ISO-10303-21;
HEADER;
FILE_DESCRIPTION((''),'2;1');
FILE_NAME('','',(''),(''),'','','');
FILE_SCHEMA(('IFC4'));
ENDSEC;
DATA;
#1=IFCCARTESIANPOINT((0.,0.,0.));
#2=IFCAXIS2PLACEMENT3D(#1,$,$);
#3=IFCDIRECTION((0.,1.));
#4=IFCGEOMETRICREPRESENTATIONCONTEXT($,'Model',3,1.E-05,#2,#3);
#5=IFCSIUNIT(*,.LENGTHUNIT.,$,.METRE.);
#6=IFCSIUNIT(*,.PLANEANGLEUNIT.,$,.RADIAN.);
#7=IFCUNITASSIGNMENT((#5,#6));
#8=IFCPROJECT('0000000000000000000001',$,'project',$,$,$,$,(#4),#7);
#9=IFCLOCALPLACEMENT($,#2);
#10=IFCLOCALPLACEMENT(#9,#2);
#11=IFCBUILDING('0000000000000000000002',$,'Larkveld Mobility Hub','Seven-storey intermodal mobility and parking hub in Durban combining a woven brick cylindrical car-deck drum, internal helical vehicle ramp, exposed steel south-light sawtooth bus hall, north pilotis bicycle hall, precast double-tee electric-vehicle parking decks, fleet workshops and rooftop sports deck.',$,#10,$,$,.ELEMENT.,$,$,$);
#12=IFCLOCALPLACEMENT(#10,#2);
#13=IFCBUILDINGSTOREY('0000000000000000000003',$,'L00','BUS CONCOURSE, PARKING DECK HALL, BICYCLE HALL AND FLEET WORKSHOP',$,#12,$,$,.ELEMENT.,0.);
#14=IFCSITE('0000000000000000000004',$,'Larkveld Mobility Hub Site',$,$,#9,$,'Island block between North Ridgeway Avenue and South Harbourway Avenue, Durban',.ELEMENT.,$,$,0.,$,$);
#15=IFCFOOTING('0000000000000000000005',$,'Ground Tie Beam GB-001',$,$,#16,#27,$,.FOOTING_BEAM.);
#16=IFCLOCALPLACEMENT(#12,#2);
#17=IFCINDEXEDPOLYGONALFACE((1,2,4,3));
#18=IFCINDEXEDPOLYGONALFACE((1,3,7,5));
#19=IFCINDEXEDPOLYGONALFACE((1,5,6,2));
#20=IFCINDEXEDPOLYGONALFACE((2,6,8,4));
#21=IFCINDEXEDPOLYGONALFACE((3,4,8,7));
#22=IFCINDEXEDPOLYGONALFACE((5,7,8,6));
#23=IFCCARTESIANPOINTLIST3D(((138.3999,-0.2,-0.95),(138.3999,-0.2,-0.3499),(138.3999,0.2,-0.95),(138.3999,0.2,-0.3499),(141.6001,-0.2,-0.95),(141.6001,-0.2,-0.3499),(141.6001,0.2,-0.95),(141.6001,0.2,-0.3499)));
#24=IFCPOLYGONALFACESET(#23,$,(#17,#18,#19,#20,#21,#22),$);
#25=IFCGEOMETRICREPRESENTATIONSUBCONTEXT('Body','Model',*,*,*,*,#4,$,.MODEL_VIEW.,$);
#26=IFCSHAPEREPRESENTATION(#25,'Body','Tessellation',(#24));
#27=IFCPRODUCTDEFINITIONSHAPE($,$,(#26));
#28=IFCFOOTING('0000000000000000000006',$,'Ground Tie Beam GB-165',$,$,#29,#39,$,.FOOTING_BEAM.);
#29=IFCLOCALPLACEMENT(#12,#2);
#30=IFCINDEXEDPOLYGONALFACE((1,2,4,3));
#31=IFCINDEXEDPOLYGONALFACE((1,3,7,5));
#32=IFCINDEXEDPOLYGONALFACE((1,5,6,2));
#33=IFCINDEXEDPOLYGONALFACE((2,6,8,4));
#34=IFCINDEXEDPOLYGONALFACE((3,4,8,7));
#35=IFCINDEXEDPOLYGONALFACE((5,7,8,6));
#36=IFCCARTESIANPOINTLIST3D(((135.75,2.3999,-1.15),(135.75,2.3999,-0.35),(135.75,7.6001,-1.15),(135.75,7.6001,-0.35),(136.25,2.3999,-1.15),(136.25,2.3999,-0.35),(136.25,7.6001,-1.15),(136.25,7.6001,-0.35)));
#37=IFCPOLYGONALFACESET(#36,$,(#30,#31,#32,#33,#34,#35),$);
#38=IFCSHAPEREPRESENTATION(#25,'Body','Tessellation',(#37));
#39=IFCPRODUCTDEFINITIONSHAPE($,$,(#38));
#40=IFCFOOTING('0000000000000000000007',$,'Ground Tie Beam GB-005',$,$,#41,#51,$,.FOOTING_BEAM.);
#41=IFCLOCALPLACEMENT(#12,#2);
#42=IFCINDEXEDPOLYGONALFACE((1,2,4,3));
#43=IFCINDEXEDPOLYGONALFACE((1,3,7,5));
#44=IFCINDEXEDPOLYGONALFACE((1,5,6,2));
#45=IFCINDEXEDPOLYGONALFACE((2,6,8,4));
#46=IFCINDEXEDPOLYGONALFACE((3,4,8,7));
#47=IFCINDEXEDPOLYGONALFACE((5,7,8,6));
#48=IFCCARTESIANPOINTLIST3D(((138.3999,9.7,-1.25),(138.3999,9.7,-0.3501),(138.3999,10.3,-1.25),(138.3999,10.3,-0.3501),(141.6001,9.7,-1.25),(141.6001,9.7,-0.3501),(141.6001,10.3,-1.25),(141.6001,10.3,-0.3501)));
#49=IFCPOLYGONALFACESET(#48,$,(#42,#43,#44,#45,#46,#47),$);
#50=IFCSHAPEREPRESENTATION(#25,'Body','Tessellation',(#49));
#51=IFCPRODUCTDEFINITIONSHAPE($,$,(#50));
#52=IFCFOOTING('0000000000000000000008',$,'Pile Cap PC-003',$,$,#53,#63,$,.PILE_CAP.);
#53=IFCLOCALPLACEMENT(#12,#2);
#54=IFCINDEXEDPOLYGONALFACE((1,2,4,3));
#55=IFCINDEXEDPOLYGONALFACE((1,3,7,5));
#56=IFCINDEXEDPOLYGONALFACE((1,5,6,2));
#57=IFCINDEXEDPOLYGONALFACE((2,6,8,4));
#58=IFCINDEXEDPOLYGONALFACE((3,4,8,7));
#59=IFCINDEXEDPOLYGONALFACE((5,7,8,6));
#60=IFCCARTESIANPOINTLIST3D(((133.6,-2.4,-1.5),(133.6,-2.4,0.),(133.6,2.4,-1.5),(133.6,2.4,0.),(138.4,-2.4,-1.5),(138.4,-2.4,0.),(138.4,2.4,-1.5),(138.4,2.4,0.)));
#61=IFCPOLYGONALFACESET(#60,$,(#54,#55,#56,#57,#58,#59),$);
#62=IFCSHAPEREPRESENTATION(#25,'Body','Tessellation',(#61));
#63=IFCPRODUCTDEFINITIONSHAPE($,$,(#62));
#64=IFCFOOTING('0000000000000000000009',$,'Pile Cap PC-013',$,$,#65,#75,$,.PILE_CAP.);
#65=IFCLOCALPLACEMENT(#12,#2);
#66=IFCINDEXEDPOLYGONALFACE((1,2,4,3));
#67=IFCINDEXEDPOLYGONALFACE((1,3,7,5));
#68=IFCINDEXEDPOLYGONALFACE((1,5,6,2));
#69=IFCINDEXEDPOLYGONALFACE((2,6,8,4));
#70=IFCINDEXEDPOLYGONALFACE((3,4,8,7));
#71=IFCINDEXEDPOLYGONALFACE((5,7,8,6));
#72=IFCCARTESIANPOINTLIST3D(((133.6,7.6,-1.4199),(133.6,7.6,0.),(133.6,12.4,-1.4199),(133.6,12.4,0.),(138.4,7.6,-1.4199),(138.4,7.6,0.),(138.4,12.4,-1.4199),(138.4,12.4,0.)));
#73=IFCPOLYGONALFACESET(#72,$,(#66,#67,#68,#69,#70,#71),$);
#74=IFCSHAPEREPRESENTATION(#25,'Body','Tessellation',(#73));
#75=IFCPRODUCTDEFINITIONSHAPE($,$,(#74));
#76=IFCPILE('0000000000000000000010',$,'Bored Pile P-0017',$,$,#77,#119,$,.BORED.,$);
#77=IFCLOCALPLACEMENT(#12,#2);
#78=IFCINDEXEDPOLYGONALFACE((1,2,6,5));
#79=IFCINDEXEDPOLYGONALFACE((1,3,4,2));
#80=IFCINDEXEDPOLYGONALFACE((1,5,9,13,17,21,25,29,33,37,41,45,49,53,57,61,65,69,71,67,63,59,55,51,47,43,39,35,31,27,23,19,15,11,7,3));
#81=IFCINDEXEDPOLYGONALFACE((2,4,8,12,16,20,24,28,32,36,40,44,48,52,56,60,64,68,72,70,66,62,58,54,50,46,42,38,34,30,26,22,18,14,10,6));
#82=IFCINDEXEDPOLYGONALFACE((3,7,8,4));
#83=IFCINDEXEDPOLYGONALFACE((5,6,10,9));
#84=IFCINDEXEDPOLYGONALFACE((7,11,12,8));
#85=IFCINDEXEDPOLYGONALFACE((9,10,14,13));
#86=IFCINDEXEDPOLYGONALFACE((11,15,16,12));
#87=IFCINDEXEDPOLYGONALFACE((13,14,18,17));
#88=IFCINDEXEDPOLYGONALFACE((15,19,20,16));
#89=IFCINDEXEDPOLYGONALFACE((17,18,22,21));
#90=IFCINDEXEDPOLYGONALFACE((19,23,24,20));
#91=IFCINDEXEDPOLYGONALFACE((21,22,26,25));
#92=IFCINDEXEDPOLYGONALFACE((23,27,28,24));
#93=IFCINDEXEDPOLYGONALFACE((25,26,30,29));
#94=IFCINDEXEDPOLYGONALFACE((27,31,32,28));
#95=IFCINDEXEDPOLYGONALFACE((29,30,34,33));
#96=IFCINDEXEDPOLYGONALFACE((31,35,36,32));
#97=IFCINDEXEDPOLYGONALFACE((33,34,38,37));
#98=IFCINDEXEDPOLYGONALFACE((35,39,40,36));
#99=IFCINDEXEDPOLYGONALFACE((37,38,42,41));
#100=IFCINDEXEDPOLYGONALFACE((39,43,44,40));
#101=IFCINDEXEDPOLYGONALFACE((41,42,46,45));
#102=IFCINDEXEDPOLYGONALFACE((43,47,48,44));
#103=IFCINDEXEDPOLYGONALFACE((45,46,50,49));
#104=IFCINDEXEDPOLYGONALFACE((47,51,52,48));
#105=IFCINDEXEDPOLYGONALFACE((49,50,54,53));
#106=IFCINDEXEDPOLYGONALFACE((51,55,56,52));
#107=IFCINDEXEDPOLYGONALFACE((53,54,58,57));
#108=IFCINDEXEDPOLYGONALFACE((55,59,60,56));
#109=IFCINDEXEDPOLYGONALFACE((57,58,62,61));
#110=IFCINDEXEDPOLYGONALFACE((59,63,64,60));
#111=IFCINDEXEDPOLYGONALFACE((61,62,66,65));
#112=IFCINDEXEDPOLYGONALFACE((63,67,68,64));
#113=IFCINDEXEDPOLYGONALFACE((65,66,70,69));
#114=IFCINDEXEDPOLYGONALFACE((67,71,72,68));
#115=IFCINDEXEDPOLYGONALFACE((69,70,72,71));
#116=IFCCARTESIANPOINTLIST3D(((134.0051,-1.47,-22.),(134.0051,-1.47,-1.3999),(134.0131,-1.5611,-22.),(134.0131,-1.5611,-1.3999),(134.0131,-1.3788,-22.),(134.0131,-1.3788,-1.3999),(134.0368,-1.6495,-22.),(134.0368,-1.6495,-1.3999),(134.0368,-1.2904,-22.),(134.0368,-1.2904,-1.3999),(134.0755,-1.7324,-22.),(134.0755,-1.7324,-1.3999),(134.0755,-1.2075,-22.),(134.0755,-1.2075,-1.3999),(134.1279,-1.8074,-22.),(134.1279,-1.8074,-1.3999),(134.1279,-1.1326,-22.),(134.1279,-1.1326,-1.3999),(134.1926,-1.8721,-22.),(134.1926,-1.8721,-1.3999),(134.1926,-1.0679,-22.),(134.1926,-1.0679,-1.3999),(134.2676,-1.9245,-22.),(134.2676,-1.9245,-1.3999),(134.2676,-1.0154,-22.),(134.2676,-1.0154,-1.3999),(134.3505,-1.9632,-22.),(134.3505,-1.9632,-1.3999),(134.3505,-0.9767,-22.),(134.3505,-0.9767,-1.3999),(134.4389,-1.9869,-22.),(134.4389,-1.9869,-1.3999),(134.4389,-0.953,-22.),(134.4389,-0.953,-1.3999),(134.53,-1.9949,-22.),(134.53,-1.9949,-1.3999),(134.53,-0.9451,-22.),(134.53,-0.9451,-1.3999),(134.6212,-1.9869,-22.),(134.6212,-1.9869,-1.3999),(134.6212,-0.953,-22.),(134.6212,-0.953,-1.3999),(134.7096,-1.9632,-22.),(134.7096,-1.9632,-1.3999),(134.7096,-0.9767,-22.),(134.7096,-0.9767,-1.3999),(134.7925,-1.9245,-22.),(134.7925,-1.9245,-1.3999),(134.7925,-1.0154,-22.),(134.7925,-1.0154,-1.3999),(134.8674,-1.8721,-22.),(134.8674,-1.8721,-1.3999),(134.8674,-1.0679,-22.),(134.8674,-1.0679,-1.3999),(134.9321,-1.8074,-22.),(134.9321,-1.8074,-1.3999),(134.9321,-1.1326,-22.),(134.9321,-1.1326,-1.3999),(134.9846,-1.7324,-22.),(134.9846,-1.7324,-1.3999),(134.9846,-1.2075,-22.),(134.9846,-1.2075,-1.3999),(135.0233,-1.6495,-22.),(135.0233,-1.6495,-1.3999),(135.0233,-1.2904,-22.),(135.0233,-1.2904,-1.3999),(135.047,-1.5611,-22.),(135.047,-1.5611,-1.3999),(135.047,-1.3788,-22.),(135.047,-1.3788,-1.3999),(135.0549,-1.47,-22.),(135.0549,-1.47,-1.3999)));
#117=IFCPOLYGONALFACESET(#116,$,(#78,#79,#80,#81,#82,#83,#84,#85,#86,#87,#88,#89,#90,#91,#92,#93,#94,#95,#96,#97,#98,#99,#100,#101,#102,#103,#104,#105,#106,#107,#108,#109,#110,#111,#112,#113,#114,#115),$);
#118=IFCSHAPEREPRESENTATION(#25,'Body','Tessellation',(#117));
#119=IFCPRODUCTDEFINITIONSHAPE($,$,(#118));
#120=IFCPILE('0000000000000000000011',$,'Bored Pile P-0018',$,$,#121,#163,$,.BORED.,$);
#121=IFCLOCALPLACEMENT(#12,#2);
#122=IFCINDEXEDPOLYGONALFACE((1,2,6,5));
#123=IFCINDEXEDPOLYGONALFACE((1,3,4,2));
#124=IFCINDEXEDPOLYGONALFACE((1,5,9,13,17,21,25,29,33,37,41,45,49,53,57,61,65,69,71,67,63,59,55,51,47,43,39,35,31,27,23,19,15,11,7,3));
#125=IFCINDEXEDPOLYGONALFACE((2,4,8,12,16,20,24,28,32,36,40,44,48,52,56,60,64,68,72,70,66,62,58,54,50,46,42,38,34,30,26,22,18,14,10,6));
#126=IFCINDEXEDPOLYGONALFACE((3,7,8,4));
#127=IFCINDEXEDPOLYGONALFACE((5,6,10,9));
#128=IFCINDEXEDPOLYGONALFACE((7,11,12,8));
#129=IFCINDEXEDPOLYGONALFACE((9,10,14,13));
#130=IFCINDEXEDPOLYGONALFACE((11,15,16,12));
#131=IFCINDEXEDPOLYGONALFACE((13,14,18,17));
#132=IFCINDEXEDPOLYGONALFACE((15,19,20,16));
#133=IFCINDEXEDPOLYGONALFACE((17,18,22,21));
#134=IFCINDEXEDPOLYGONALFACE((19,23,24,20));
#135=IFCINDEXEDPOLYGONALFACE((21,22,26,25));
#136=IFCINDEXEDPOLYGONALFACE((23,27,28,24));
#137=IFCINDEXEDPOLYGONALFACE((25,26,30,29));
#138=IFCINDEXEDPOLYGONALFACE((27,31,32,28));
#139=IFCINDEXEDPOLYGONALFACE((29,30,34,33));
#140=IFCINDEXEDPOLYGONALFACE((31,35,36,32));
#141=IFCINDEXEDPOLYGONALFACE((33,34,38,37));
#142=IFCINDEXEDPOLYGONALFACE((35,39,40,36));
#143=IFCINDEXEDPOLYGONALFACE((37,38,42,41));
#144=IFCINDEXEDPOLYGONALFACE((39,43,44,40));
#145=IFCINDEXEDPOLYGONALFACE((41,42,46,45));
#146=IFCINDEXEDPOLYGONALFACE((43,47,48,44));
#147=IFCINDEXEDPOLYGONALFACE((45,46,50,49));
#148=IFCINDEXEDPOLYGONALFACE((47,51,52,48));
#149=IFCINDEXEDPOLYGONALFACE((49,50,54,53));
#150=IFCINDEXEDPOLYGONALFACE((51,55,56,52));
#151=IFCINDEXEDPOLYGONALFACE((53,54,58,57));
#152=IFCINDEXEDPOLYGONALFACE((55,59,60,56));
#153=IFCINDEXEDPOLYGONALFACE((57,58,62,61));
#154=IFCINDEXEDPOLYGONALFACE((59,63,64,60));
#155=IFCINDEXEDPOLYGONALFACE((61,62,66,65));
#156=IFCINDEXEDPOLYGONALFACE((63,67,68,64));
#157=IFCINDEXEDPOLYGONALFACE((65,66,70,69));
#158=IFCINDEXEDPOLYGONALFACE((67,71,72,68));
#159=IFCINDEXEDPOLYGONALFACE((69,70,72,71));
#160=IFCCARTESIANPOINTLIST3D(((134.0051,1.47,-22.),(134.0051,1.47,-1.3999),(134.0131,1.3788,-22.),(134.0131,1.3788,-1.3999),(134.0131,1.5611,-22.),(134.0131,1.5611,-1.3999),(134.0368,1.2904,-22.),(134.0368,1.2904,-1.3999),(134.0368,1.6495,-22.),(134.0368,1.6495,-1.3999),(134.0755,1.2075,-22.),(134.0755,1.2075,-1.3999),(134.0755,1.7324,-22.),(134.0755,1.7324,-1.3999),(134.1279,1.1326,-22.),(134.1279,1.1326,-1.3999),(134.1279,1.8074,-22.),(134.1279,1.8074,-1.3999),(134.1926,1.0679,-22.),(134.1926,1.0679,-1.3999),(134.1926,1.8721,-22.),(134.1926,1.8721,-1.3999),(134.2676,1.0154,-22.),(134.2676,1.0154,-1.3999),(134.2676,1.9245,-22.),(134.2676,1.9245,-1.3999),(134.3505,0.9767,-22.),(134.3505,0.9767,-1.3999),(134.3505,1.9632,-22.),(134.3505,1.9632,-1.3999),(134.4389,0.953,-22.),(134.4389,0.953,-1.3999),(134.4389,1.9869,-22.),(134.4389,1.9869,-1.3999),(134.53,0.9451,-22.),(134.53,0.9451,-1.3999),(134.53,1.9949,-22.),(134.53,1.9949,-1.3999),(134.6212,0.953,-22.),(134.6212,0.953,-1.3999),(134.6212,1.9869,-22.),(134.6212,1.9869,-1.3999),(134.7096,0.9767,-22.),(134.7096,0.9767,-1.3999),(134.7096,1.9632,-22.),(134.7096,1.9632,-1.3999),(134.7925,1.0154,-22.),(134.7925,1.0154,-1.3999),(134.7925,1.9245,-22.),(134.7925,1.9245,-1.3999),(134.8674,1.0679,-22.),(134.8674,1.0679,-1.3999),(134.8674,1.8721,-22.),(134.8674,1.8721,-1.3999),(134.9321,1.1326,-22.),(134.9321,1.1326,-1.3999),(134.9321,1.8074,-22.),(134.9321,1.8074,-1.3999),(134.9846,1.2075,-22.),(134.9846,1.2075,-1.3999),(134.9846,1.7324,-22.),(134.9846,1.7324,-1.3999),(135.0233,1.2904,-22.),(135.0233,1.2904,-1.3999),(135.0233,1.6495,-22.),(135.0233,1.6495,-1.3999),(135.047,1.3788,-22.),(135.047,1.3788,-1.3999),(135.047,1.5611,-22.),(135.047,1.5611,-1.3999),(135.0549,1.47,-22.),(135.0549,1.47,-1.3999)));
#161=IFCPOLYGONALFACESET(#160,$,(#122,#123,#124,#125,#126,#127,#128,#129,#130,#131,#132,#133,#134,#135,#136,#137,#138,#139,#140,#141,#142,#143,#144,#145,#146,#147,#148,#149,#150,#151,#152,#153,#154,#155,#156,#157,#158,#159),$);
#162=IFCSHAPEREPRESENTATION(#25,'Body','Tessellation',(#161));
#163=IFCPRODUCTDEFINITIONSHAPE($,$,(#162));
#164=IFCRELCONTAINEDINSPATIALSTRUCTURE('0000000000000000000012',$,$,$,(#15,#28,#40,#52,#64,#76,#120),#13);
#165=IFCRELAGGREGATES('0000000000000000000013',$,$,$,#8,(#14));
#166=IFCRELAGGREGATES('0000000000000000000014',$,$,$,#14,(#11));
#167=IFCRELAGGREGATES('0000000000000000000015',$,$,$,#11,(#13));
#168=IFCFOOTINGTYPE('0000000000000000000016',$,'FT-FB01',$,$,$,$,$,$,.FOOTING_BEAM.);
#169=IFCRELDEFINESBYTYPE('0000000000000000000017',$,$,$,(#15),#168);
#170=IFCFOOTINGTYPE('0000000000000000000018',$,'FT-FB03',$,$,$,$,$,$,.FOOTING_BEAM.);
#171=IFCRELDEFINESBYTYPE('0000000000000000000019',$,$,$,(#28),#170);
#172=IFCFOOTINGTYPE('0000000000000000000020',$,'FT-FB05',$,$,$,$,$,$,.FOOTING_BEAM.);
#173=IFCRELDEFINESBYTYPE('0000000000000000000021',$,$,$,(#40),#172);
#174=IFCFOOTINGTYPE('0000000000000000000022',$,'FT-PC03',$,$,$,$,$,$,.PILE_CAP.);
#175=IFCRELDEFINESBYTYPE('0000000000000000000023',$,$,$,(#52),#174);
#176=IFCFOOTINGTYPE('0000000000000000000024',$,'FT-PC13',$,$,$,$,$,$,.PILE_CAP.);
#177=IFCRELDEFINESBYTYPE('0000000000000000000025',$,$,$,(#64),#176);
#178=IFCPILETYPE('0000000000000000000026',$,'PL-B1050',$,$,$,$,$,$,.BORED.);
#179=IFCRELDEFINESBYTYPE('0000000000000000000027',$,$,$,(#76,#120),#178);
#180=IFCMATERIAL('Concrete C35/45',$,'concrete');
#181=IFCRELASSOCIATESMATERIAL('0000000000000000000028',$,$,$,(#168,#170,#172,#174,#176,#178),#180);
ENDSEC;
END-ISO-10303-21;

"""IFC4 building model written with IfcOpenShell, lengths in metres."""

from ifc_helpers import new_model, si_unit, direction, frame, origin, origin_2d, place, context, subcontext, project, spatial, rectangle, circle, extrude, material, material_profile, profile_set, type_object, element, save


model = new_model("IFC4")

# Units and contexts
model_context = context("Model", 3, precision=1e-05, world=origin(), true_north=direction((0.0, 1.0)))
body_context = subcontext(model_context, "Body", "Model", "MODEL_VIEW")
ifc_project = project(units=[si_unit("LENGTHUNIT", "METRE"), si_unit("PLANEANGLEUNIT", "RADIAN")], contexts=[model_context])

# Site, building, storey
site_placement = place(None, origin())
site = spatial("IfcSite", under=ifc_project, at=site_placement, Name="Larkveld Mobility Hub Site", LongName="Island block between North Ridgeway Avenue and South Harbourway Avenue, Durban", CompositionType="ELEMENT", RefElevation=0.0)
building_placement = place(site_placement, origin())
building = spatial("IfcBuilding", under=site, at=building_placement, Name="Larkveld Mobility Hub", Description="Seven-storey intermodal mobility and parking hub in Durban combining a woven brick cylindrical car-deck drum, internal helical vehicle ramp, exposed steel south-light sawtooth bus hall, north pilotis bicycle hall, precast double-tee electric-vehicle parking decks, fleet workshops and rooftop sports deck.", CompositionType="ELEMENT")
storey_placement = place(building_placement, origin())
storey = spatial("IfcBuildingStorey", under=building, at=storey_placement, Name="L00", Description="BUS CONCOURSE, PARKING DECK HALL, BICYCLE HALL AND FLEET WORKSHOP", CompositionType="ELEMENT", Elevation=0.0)

# Footings
ifc_material_1 = material(Name="Concrete C35/45", Category="concrete")
ifc_material_profile_1 = material_profile(ifc_material_1, rectangle(XDim=0.3999, YDim=0.6001, at=origin_2d()), Name="RC BM 400x600")
ifc_profile_set_1 = profile_set([ifc_material_profile_1], Name="Concrete C35/45")
footing_type_1 = type_object("IfcFootingType", Name="FT-FB01", PredefinedType="FOOTING_BEAM", material=ifc_profile_set_1)
footing_1_placement = place(storey_placement, frame((138.3999, 0.0, -0.6499), z_axis=(1.0, 0.0, 0.0), x_axis=(0.0, 1.0, 0.0)))
element("IfcFooting", 1, at=footing_1_placement, inside=storey, type_object=footing_type_1, Name="Ground Tie Beam GB-001", PredefinedType="FOOTING_BEAM", context=body_context, shape_type="SweptSolid", body=[
    extrude(rectangle(XDim=0.3999, YDim=0.6001, at=origin_2d()), origin(), (0.0, 0.0, 1.0), 3.2002),
])
ifc_material_profile_2 = material_profile(ifc_material_1, rectangle(XDim=0.5, YDim=0.8, at=origin_2d()), Name="RC BM 500x800")
ifc_profile_set_2 = profile_set([ifc_material_profile_2], Name="Concrete C35/45")
footing_type_2 = type_object("IfcFootingType", Name="FT-FB03", PredefinedType="FOOTING_BEAM", material=ifc_profile_set_2)
footing_2_placement = place(storey_placement, frame((136.0, 2.3999, -0.75), z_axis=(0.0, 1.0, 0.0), x_axis=(-1.0, 0.0, 0.0)))
element("IfcFooting", 2, at=footing_2_placement, inside=storey, type_object=footing_type_2, Name="Ground Tie Beam GB-165", PredefinedType="FOOTING_BEAM", context=body_context, shape_type="SweptSolid", body=[
    extrude(rectangle(XDim=0.5, YDim=0.8, at=origin_2d()), origin(), (0.0, 0.0, 1.0), 5.2002),
])
ifc_material_profile_3 = material_profile(ifc_material_1, rectangle(XDim=0.6001, YDim=0.8999, at=origin_2d()), Name="RC BM 600x900")
ifc_profile_set_3 = profile_set([ifc_material_profile_3], Name="Concrete C35/45")
footing_type_3 = type_object("IfcFootingType", Name="FT-FB05", PredefinedType="FOOTING_BEAM", material=ifc_profile_set_3)
footing_3_placement = place(storey_placement, frame((138.3999, 10.0, -0.8), z_axis=(1.0, 0.0, 0.0), x_axis=(0.0, 1.0, 0.0)))
element("IfcFooting", 3, at=footing_3_placement, inside=storey, type_object=footing_type_3, Name="Ground Tie Beam GB-005", PredefinedType="FOOTING_BEAM", context=body_context, shape_type="SweptSolid", body=[
    extrude(rectangle(XDim=0.6001, YDim=0.8999, at=origin_2d()), origin(), (0.0, 0.0, 1.0), 3.2002),
])
footing_type_4 = type_object("IfcFootingType", Name="FT-PC03", PredefinedType="PILE_CAP", material=ifc_material_1)
footing_4_placement = place(storey_placement, frame((136.0, 0.0, -1.5), z_axis=(0.0, 0.0, 1.0), x_axis=(1.0, 0.0, 0.0)))
element("IfcFooting", 4, at=footing_4_placement, inside=storey, type_object=footing_type_4, Name="Pile Cap PC-003", PredefinedType="PILE_CAP", context=body_context, shape_type="SweptSolid", body=[
    extrude(rectangle(XDim=4.8, YDim=4.8, at=origin_2d()), origin(), (0.0, 0.0, 1.0), 1.5),
])
footing_type_5 = type_object("IfcFootingType", Name="FT-PC13", PredefinedType="PILE_CAP", material=ifc_material_1)
footing_5_placement = place(storey_placement, frame((136.0, 10.0, -1.4199), z_axis=(0.0, 0.0, 1.0), x_axis=(1.0, 0.0, 0.0)))
element("IfcFooting", 5, at=footing_5_placement, inside=storey, type_object=footing_type_5, Name="Pile Cap PC-013", PredefinedType="PILE_CAP", context=body_context, shape_type="SweptSolid", body=[
    extrude(rectangle(XDim=4.8, YDim=4.8, at=origin_2d()), origin(), (0.0, 0.0, 1.0), 1.4199),
])

# Piles
ifc_material_profile_4 = material_profile(ifc_material_1, circle(Radius=0.5249, at=origin_2d()), Name="PILE D1050")
ifc_profile_set_4 = profile_set([ifc_material_profile_4], Name="Concrete C35/45")
pile_type = type_object("IfcPileType", Name="PL-B1050", PredefinedType="BORED", material=ifc_profile_set_4)
for number, where, z_axis, x_axis, name in (
    (6, (134.53, -1.47, -1.3999), (0.0, 0.0, -1.0), (1.0, 0.0, 0.0), "Bored Pile P-0017"),
    (7, (134.53, 1.47, -1.3999), (0.0, 0.0, -1.0), (1.0, 0.0, 0.0), "Bored Pile P-0018"),
):
    element("IfcPile", number, at=place(storey_placement, frame(where, z_axis=z_axis, x_axis=x_axis)), inside=storey, type_object=pile_type, Name=name, PredefinedType="BORED", context=body_context, shape_type="SweptSolid", body=[
        extrude(circle(Radius=0.5249, at=origin_2d()), origin(), (0.0, 0.0, 1.0), 20.6001),
    ])

save(model, "model.ifc")
